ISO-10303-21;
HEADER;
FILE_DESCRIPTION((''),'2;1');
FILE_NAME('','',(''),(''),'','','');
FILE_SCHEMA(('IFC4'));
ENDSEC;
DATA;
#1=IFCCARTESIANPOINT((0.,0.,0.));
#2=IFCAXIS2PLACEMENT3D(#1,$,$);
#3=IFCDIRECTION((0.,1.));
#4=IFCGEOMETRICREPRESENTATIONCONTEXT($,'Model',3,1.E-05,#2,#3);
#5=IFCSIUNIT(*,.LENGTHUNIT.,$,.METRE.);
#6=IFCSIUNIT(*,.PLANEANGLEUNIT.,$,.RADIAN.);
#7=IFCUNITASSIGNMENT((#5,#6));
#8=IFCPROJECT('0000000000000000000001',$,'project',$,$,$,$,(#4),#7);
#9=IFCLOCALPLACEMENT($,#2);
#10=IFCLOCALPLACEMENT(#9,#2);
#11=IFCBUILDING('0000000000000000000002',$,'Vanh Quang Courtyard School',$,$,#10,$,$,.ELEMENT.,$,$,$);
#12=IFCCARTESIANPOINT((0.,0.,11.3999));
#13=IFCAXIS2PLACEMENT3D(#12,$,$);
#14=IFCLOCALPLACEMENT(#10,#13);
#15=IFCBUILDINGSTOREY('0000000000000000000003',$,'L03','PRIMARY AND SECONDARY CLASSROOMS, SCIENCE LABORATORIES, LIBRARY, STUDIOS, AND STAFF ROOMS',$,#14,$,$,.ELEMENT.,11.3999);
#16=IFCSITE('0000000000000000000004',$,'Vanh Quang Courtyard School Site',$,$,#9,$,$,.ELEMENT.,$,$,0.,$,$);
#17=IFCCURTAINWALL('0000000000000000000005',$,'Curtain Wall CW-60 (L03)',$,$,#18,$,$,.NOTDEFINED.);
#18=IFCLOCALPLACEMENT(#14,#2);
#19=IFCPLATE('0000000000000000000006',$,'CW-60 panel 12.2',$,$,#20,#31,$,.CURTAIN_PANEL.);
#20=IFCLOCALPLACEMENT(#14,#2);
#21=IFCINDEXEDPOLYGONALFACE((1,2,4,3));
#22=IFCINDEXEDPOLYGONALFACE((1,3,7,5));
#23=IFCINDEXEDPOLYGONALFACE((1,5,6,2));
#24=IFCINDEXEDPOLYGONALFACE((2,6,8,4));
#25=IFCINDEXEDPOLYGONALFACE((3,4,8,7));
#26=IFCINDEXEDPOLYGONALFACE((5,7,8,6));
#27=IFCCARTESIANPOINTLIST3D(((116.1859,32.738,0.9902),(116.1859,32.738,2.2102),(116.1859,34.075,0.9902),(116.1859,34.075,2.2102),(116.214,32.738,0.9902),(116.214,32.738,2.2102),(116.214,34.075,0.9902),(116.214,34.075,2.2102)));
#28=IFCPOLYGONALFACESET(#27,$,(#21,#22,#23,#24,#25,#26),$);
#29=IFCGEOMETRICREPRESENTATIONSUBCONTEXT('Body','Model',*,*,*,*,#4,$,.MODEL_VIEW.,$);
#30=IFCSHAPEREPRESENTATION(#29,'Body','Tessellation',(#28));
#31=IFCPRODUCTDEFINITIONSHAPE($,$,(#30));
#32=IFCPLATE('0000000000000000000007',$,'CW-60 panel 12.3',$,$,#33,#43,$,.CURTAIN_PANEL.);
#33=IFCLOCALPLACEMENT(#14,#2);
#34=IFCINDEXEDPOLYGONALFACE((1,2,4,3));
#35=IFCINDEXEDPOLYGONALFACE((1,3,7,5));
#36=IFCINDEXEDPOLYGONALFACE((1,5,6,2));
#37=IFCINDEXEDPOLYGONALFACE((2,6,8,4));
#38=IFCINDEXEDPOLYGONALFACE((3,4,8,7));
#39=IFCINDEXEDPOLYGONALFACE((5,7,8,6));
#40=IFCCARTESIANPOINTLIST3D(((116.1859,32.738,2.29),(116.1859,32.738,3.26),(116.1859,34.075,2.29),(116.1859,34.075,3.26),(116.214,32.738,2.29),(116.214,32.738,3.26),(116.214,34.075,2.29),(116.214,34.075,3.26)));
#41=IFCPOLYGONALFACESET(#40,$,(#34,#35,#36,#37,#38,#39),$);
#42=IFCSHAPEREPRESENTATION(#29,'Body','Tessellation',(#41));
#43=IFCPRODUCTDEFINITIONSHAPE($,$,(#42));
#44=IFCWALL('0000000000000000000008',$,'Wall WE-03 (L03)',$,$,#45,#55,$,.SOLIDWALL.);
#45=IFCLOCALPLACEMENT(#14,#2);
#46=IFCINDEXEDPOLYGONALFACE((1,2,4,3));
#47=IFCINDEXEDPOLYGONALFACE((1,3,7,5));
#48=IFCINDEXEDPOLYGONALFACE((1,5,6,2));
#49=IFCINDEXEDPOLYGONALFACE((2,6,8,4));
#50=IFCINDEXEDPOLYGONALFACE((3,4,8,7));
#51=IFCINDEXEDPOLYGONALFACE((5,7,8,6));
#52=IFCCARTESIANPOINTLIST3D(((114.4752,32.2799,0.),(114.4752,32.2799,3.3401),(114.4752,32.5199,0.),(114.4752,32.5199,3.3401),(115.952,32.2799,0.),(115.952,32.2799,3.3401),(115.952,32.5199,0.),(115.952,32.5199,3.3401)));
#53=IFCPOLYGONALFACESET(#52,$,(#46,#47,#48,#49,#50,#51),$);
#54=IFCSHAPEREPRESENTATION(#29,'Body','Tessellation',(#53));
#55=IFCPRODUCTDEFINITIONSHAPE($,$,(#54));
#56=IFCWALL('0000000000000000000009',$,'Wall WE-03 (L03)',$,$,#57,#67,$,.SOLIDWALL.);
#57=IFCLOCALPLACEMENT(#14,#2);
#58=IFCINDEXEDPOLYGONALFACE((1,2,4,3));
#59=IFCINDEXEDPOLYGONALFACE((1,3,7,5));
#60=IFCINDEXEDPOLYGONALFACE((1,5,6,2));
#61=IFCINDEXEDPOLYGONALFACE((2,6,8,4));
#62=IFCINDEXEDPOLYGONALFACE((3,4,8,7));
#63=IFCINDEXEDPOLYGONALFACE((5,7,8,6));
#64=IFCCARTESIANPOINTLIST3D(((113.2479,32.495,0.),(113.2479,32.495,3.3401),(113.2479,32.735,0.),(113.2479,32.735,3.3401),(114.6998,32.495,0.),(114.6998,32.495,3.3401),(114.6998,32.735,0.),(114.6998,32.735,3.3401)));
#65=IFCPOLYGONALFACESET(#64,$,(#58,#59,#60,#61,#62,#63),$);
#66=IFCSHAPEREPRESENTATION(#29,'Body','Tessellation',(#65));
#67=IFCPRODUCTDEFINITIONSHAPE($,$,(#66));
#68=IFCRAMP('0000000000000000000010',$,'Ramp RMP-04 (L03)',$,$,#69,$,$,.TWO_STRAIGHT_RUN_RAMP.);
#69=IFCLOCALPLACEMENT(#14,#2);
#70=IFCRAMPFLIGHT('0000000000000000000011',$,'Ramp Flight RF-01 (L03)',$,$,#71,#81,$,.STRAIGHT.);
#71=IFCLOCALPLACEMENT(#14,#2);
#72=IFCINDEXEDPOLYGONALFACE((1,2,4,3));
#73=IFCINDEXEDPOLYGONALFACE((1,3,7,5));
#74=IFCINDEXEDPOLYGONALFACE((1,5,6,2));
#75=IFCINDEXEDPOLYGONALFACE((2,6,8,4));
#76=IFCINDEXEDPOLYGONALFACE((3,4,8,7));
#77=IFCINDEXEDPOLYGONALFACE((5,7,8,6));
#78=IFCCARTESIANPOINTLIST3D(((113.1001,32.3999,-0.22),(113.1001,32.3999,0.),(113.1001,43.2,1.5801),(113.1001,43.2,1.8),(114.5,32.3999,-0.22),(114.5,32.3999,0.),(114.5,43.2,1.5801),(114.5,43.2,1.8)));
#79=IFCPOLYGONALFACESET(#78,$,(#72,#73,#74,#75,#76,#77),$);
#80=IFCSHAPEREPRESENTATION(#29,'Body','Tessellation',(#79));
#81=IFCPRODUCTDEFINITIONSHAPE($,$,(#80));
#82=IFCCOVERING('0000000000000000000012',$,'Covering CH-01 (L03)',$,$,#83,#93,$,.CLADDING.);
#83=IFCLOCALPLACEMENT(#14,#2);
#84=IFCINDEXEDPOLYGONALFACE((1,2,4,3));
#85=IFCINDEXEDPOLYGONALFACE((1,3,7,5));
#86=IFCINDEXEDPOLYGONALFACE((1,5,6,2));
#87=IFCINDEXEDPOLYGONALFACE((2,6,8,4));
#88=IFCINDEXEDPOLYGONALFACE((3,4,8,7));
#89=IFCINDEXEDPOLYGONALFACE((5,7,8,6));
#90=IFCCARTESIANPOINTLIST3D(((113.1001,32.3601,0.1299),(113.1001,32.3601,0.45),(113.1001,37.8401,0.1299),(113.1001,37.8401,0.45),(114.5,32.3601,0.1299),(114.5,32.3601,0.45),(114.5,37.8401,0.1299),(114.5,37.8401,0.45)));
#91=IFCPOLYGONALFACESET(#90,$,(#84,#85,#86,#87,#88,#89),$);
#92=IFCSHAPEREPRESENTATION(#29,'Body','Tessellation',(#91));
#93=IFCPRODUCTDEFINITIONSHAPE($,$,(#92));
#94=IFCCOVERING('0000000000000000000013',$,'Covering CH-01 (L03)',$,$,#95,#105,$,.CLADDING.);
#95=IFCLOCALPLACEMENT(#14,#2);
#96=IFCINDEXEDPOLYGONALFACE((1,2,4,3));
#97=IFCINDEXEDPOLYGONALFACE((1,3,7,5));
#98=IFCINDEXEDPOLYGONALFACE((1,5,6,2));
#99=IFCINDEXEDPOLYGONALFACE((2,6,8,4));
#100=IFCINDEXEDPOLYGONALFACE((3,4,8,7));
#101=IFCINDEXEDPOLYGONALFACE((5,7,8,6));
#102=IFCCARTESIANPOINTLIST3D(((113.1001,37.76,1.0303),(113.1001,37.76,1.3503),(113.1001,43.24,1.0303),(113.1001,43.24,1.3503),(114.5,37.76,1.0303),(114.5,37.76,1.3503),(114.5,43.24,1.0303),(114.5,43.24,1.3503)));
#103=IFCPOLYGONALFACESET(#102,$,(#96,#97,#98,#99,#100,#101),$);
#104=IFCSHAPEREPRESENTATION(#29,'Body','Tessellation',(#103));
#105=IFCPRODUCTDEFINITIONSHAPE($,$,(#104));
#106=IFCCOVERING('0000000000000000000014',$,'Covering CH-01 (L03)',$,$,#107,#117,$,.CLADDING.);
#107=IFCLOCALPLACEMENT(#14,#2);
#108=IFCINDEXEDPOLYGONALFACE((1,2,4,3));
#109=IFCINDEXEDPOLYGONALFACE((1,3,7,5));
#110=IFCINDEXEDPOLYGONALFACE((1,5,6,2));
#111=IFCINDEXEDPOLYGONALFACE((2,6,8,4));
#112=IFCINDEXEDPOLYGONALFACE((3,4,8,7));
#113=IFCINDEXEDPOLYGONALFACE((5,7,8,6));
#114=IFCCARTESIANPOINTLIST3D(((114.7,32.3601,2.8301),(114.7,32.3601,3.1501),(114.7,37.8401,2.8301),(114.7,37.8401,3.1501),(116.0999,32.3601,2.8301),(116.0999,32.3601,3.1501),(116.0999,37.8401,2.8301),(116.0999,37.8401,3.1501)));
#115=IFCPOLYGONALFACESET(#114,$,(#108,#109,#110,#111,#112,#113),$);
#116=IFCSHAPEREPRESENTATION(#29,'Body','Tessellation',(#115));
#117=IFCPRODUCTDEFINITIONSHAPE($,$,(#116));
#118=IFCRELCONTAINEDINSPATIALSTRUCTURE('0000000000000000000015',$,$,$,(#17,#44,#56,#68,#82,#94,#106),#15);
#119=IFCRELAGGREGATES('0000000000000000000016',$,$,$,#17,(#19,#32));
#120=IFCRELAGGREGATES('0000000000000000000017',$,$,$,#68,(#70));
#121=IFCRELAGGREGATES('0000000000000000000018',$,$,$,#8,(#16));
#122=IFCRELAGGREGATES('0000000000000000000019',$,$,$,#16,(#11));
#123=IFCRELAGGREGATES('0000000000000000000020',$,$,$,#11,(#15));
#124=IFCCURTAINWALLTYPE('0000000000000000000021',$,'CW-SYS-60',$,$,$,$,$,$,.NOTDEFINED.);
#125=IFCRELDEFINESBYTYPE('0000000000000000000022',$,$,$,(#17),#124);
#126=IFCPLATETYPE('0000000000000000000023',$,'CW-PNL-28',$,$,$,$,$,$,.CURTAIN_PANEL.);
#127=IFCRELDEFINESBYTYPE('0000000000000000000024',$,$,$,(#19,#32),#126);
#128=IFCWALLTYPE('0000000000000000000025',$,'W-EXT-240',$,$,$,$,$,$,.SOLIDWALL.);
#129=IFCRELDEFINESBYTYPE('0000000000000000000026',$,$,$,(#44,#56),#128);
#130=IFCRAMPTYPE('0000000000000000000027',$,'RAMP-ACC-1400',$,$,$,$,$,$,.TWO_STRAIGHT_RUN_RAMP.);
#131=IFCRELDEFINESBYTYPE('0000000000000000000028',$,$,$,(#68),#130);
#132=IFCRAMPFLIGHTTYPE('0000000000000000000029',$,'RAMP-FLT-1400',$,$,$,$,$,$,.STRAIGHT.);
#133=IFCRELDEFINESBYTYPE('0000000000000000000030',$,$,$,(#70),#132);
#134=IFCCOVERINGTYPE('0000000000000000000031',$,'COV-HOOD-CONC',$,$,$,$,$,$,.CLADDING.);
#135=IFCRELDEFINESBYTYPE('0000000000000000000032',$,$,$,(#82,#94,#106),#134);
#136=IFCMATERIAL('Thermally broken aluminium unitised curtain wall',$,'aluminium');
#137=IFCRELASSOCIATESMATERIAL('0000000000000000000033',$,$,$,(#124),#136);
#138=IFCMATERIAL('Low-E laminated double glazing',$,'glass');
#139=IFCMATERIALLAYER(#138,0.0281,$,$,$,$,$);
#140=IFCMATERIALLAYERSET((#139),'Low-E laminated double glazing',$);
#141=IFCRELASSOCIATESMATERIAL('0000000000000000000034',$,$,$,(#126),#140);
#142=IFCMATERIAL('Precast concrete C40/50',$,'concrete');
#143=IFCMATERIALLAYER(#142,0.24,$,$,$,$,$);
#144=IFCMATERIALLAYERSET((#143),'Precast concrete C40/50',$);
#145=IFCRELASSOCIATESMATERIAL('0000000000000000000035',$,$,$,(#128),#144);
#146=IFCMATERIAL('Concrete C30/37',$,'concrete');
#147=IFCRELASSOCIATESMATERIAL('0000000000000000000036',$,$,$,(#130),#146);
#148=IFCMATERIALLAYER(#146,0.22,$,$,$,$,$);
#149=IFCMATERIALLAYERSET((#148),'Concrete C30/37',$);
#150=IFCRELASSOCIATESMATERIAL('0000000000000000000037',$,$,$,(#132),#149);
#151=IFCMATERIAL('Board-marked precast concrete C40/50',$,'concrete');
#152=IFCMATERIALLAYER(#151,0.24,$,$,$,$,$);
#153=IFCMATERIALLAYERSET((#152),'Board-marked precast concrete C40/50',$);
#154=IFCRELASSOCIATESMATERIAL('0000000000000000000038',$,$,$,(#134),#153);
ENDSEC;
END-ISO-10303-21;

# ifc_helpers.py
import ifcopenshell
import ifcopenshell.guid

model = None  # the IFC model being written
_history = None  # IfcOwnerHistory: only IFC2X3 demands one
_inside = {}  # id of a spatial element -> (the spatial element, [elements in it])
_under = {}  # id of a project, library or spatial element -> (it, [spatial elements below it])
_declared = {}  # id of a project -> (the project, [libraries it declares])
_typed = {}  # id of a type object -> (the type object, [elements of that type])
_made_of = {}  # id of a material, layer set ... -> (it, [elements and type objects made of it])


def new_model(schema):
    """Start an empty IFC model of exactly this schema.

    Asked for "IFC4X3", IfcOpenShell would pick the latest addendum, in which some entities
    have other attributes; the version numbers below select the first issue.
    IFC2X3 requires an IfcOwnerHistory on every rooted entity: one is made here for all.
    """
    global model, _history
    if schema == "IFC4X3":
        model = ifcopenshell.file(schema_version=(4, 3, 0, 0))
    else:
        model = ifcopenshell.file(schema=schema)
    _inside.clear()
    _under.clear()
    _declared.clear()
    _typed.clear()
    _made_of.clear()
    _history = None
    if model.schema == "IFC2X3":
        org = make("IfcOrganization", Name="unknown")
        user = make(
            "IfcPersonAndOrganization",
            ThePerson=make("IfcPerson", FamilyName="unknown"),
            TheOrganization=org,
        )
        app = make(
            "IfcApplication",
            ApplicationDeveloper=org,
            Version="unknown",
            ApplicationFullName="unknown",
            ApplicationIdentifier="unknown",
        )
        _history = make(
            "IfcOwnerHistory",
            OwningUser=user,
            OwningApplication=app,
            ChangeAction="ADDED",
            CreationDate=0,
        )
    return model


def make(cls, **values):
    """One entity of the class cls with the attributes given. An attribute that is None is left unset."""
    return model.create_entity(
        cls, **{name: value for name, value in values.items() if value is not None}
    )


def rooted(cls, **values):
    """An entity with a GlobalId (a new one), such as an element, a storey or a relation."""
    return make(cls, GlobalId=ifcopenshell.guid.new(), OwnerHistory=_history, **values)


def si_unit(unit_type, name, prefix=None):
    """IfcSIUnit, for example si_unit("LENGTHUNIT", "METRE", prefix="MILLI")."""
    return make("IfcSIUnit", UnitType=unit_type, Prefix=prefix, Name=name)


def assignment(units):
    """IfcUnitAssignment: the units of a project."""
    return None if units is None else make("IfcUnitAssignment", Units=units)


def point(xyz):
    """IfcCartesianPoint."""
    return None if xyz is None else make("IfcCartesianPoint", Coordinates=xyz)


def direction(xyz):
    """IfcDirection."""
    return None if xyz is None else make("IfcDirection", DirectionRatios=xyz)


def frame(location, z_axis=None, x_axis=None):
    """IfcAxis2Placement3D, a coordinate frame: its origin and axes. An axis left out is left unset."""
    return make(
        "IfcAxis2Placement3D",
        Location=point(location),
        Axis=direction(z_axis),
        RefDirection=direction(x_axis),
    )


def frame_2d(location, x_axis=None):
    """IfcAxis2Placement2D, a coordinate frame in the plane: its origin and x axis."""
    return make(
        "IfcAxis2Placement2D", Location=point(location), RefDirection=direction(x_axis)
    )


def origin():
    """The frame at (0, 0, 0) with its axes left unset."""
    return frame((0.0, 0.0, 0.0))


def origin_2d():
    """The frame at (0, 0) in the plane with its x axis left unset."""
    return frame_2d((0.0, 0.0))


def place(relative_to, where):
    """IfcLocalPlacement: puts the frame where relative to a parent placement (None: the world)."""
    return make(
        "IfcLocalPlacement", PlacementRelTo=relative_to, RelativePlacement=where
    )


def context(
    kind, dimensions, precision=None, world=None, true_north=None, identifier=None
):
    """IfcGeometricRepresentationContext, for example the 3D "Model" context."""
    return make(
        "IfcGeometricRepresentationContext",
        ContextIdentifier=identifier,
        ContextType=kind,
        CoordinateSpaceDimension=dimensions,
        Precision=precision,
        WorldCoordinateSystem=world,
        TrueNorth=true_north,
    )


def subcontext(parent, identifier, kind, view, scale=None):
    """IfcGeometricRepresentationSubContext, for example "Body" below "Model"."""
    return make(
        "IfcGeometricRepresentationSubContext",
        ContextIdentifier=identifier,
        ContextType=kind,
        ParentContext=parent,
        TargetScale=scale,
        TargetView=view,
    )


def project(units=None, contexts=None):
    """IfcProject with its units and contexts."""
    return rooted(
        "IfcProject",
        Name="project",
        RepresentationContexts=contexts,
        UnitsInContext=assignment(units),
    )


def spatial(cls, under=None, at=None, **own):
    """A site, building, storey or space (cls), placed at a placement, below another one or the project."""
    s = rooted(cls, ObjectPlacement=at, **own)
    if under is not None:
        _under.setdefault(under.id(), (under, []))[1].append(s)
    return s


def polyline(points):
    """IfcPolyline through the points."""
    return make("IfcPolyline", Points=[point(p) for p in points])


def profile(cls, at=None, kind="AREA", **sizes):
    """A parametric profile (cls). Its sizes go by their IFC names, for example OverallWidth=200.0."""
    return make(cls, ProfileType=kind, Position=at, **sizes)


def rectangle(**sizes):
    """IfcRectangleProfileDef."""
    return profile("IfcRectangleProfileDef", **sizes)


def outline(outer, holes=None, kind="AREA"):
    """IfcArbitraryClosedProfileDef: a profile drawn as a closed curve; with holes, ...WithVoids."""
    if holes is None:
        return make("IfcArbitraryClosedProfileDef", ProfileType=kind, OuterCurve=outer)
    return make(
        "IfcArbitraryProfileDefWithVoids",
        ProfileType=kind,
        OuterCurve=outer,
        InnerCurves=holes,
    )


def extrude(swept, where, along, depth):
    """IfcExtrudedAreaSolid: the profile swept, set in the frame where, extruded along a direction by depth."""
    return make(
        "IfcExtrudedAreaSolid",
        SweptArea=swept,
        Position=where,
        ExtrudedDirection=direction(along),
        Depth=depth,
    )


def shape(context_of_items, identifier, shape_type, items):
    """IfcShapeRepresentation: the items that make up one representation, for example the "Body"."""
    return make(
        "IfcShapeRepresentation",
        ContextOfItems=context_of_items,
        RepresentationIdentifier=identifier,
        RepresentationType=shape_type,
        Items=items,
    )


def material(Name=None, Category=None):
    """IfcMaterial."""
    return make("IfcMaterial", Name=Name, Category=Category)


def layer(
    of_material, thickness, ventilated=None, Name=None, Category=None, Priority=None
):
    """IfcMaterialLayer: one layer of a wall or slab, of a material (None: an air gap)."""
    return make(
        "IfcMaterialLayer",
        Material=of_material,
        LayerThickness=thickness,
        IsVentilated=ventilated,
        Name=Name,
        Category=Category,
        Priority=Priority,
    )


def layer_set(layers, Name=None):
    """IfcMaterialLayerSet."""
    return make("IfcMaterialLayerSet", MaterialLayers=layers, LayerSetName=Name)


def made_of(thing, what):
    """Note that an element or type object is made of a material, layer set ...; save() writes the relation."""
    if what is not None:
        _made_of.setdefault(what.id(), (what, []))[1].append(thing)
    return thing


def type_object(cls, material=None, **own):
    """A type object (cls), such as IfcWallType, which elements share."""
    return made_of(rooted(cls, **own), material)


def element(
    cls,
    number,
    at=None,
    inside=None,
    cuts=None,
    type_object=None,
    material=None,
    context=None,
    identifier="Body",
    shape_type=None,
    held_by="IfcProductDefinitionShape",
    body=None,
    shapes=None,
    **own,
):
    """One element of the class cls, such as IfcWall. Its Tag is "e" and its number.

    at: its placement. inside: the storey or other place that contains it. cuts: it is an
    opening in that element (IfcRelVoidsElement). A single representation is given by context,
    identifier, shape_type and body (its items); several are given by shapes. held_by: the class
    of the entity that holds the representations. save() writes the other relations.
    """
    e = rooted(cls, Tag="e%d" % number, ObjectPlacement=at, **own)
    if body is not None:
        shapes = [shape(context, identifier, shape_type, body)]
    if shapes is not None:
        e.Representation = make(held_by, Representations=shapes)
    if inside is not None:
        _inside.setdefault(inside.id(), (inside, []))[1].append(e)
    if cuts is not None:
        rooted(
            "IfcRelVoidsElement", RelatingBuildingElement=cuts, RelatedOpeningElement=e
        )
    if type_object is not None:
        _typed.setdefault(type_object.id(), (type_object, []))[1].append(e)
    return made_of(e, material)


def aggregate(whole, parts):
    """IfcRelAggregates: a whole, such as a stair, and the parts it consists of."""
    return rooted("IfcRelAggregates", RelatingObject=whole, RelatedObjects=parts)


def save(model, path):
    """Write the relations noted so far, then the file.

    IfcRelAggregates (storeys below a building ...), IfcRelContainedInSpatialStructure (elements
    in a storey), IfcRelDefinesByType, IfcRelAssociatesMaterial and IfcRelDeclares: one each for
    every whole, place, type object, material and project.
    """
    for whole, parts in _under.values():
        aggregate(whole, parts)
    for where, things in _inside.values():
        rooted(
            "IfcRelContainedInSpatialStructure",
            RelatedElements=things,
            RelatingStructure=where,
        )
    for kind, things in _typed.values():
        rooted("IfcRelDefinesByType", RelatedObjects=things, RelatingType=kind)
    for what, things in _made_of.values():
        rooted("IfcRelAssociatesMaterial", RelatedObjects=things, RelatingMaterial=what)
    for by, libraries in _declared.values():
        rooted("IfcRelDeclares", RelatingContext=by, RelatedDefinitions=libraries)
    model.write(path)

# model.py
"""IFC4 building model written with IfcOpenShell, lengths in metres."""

from ifc_helpers import new_model, si_unit, direction, frame, frame_2d, origin, origin_2d, place, context, subcontext, project, spatial, polyline, rectangle, outline, extrude, material, layer, layer_set, type_object, element, aggregate, save


model = new_model("IFC4")

# Units and contexts
model_context = context("Model", 3, precision=1e-05, world=origin(), true_north=direction((0.0, 1.0)))
body_context = subcontext(model_context, "Body", "Model", "MODEL_VIEW")
ifc_project = project(units=[si_unit("LENGTHUNIT", "METRE"), si_unit("PLANEANGLEUNIT", "RADIAN")], contexts=[model_context])

# Site, building, storey
site_placement = place(None, origin())
site = spatial("IfcSite", under=ifc_project, at=site_placement, Name="Vanh Quang Courtyard School Site", CompositionType="ELEMENT", RefElevation=0.0)
building_placement = place(site_placement, origin())
building = spatial("IfcBuilding", under=site, at=building_placement, Name="Vanh Quang Courtyard School", CompositionType="ELEMENT")
storey_placement = place(building_placement, frame((0.0, 0.0, 11.3999)))
storey = spatial("IfcBuildingStorey", under=building, at=storey_placement, Name="L03", Description="PRIMARY AND SECONDARY CLASSROOMS, SCIENCE LABORATORIES, LIBRARY, STUDIOS, AND STAFF ROOMS", CompositionType="ELEMENT", Elevation=11.3999)

# Curtain wall
ifc_material_1 = material(Name="Thermally broken aluminium unitised curtain wall", Category="aluminium")
curtain_wall_type = type_object("IfcCurtainWallType", Name="CW-SYS-60", PredefinedType="NOTDEFINED", material=ifc_material_1)
curtain_wall_placement = place(storey_placement, origin())
curtain_wall = element("IfcCurtainWall", 1, at=curtain_wall_placement, inside=storey, type_object=curtain_wall_type, Name="Curtain Wall CW-60 (L03)", PredefinedType="NOTDEFINED")

# Plates
ifc_material_2 = material(Name="Low-E laminated double glazing", Category="glass")
ifc_layer_1 = layer(ifc_material_2, 0.0281)
ifc_layer_set_1 = layer_set([ifc_layer_1], Name="Low-E laminated double glazing")
plate_type = type_object("IfcPlateType", Name="CW-PNL-28", PredefinedType="CURTAIN_PANEL", material=ifc_layer_set_1)
plate_1_placement = place(storey_placement, frame((116.2, 33.4065, 0.9902), z_axis=(0.0, 0.0, 1.0), x_axis=(0.0, -1.0, 0.0)))
plate_1 = element("IfcPlate", 2, at=plate_1_placement, type_object=plate_type, Name="CW-60 panel 12.2", PredefinedType="CURTAIN_PANEL", context=body_context, shape_type="SweptSolid", body=[
    extrude(rectangle(XDim=1.3369, YDim=0.0281, at=origin_2d()), origin(), (0.0, 0.0, 1.0), 1.22),
])
plate_2_placement = place(storey_placement, frame((116.2, 33.4065, 2.29), z_axis=(0.0, 0.0, 1.0), x_axis=(0.0, -1.0, 0.0)))
plate_2 = element("IfcPlate", 3, at=plate_2_placement, type_object=plate_type, Name="CW-60 panel 12.3", PredefinedType="CURTAIN_PANEL", context=body_context, shape_type="SweptSolid", body=[
    extrude(rectangle(XDim=1.3369, YDim=0.0281, at=origin_2d()), origin(), (0.0, 0.0, 1.0), 0.97),
])
aggregate(curtain_wall, [plate_1, plate_2])

# Walls
ifc_material_3 = material(Name="Precast concrete C40/50", Category="concrete")
ifc_layer_2 = layer(ifc_material_3, 0.24)
ifc_layer_set_2 = layer_set([ifc_layer_2], Name="Precast concrete C40/50")
wall_type = type_object("IfcWallType", Name="W-EXT-240", PredefinedType="SOLIDWALL", material=ifc_layer_set_2)
wall_1_placement = place(storey_placement, frame((115.9519, 32.3999, 0.0), z_axis=(0.0, 0.0, 1.0), x_axis=(-1.0, 0.0, 0.0)))
element("IfcWall", 4, at=wall_1_placement, inside=storey, type_object=wall_type, Name="Wall WE-03 (L03)", PredefinedType="SOLIDWALL", context=body_context, shape_type="SweptSolid", body=[
    extrude(rectangle(XDim=1.4768, YDim=0.24, at=frame_2d((0.7383, 0.0))), origin(), (0.0, 0.0, 1.0), 3.3401),
])
wall_2_placement = place(storey_placement, frame((114.7, 32.615, 0.0), z_axis=(0.0, 0.0, 1.0), x_axis=(-1.0, 0.0, 0.0)))
element("IfcWall", 5, at=wall_2_placement, inside=storey, type_object=wall_type, Name="Wall WE-03 (L03)", PredefinedType="SOLIDWALL", context=body_context, shape_type="SweptSolid", body=[
    extrude(rectangle(XDim=1.4519, YDim=0.24, at=frame_2d((0.7261, 0.0))), origin(), (0.0, 0.0, 1.0), 3.3401),
])

# Ramp, ramp flight
ifc_material_4 = material(Name="Concrete C30/37", Category="concrete")
ramp_type = type_object("IfcRampType", Name="RAMP-ACC-1400", PredefinedType="TWO_STRAIGHT_RUN_RAMP", material=ifc_material_4)
ramp_placement = place(storey_placement, origin())
ramp = element("IfcRamp", 6, at=ramp_placement, inside=storey, type_object=ramp_type, Name="Ramp RMP-04 (L03)", PredefinedType="TWO_STRAIGHT_RUN_RAMP")
ifc_layer_3 = layer(ifc_material_4, 0.22)
ifc_layer_set_3 = layer_set([ifc_layer_3], Name="Concrete C30/37")
ramp_flight_type = type_object("IfcRampFlightType", Name="RAMP-FLT-1400", PredefinedType="STRAIGHT", material=ifc_layer_set_3)
ramp_flight_placement = place(storey_placement, frame((113.8, 32.3999, 0.0), z_axis=(0.0, 0.0, 1.0), x_axis=(0.0, 1.0, 0.0)))
ramp_flight = element("IfcRampFlight", 7, at=ramp_flight_placement, type_object=ramp_flight_type, Name="Ramp Flight RF-01 (L03)", PredefinedType="STRAIGHT", context=body_context, shape_type="SweptSolid", body=[
    extrude(outline(polyline([(0.0, 0.0), (10.8, 1.8), (10.8, 1.5801), (0.0, -0.22), (0.0, 0.0)])), frame((0.0, 0.7, 0.0), z_axis=(0.0, -1.0, 0.0), x_axis=(1.0, 0.0, 0.0)), (0.0, 0.0, 1.0), 1.3999),
])
aggregate(ramp, [ramp_flight])

# Coverings
ifc_material_5 = material(Name="Board-marked precast concrete C40/50", Category="concrete")
ifc_layer_4 = layer(ifc_material_5, 0.24)
ifc_layer_set_4 = layer_set([ifc_layer_4], Name="Board-marked precast concrete C40/50")
covering_type = type_object("IfcCoveringType", Name="COV-HOOD-CONC", PredefinedType="CLADDING", material=ifc_layer_set_4)
for number, where, z_axis, x_axis, name in (
    (8, (113.8, 35.1001, 0.1299), (0.0, 0.0, 1.0), (1.0, 0.0, 0.0), "Covering CH-01 (L03)"),
    (9, (113.8, 40.5, 1.0303), (0.0, 0.0, 1.0), (1.0, 0.0, 0.0), "Covering CH-01 (L03)"),
    (10, (115.3999, 35.1001, 2.8301), (0.0, 0.0, 1.0), (1.0, 0.0, 0.0), "Covering CH-01 (L03)"),
):
    element("IfcCovering", number, at=place(storey_placement, frame(where, z_axis=z_axis, x_axis=x_axis)), inside=storey, type_object=covering_type, Name=name, PredefinedType="CLADDING", context=body_context, shape_type="SweptSolid", body=[
        extrude(rectangle(XDim=1.3999, YDim=5.48, at=origin_2d()), origin(), (0.0, 0.0, 1.0), 0.3201),
    ])

save(model, "model.ifc")
